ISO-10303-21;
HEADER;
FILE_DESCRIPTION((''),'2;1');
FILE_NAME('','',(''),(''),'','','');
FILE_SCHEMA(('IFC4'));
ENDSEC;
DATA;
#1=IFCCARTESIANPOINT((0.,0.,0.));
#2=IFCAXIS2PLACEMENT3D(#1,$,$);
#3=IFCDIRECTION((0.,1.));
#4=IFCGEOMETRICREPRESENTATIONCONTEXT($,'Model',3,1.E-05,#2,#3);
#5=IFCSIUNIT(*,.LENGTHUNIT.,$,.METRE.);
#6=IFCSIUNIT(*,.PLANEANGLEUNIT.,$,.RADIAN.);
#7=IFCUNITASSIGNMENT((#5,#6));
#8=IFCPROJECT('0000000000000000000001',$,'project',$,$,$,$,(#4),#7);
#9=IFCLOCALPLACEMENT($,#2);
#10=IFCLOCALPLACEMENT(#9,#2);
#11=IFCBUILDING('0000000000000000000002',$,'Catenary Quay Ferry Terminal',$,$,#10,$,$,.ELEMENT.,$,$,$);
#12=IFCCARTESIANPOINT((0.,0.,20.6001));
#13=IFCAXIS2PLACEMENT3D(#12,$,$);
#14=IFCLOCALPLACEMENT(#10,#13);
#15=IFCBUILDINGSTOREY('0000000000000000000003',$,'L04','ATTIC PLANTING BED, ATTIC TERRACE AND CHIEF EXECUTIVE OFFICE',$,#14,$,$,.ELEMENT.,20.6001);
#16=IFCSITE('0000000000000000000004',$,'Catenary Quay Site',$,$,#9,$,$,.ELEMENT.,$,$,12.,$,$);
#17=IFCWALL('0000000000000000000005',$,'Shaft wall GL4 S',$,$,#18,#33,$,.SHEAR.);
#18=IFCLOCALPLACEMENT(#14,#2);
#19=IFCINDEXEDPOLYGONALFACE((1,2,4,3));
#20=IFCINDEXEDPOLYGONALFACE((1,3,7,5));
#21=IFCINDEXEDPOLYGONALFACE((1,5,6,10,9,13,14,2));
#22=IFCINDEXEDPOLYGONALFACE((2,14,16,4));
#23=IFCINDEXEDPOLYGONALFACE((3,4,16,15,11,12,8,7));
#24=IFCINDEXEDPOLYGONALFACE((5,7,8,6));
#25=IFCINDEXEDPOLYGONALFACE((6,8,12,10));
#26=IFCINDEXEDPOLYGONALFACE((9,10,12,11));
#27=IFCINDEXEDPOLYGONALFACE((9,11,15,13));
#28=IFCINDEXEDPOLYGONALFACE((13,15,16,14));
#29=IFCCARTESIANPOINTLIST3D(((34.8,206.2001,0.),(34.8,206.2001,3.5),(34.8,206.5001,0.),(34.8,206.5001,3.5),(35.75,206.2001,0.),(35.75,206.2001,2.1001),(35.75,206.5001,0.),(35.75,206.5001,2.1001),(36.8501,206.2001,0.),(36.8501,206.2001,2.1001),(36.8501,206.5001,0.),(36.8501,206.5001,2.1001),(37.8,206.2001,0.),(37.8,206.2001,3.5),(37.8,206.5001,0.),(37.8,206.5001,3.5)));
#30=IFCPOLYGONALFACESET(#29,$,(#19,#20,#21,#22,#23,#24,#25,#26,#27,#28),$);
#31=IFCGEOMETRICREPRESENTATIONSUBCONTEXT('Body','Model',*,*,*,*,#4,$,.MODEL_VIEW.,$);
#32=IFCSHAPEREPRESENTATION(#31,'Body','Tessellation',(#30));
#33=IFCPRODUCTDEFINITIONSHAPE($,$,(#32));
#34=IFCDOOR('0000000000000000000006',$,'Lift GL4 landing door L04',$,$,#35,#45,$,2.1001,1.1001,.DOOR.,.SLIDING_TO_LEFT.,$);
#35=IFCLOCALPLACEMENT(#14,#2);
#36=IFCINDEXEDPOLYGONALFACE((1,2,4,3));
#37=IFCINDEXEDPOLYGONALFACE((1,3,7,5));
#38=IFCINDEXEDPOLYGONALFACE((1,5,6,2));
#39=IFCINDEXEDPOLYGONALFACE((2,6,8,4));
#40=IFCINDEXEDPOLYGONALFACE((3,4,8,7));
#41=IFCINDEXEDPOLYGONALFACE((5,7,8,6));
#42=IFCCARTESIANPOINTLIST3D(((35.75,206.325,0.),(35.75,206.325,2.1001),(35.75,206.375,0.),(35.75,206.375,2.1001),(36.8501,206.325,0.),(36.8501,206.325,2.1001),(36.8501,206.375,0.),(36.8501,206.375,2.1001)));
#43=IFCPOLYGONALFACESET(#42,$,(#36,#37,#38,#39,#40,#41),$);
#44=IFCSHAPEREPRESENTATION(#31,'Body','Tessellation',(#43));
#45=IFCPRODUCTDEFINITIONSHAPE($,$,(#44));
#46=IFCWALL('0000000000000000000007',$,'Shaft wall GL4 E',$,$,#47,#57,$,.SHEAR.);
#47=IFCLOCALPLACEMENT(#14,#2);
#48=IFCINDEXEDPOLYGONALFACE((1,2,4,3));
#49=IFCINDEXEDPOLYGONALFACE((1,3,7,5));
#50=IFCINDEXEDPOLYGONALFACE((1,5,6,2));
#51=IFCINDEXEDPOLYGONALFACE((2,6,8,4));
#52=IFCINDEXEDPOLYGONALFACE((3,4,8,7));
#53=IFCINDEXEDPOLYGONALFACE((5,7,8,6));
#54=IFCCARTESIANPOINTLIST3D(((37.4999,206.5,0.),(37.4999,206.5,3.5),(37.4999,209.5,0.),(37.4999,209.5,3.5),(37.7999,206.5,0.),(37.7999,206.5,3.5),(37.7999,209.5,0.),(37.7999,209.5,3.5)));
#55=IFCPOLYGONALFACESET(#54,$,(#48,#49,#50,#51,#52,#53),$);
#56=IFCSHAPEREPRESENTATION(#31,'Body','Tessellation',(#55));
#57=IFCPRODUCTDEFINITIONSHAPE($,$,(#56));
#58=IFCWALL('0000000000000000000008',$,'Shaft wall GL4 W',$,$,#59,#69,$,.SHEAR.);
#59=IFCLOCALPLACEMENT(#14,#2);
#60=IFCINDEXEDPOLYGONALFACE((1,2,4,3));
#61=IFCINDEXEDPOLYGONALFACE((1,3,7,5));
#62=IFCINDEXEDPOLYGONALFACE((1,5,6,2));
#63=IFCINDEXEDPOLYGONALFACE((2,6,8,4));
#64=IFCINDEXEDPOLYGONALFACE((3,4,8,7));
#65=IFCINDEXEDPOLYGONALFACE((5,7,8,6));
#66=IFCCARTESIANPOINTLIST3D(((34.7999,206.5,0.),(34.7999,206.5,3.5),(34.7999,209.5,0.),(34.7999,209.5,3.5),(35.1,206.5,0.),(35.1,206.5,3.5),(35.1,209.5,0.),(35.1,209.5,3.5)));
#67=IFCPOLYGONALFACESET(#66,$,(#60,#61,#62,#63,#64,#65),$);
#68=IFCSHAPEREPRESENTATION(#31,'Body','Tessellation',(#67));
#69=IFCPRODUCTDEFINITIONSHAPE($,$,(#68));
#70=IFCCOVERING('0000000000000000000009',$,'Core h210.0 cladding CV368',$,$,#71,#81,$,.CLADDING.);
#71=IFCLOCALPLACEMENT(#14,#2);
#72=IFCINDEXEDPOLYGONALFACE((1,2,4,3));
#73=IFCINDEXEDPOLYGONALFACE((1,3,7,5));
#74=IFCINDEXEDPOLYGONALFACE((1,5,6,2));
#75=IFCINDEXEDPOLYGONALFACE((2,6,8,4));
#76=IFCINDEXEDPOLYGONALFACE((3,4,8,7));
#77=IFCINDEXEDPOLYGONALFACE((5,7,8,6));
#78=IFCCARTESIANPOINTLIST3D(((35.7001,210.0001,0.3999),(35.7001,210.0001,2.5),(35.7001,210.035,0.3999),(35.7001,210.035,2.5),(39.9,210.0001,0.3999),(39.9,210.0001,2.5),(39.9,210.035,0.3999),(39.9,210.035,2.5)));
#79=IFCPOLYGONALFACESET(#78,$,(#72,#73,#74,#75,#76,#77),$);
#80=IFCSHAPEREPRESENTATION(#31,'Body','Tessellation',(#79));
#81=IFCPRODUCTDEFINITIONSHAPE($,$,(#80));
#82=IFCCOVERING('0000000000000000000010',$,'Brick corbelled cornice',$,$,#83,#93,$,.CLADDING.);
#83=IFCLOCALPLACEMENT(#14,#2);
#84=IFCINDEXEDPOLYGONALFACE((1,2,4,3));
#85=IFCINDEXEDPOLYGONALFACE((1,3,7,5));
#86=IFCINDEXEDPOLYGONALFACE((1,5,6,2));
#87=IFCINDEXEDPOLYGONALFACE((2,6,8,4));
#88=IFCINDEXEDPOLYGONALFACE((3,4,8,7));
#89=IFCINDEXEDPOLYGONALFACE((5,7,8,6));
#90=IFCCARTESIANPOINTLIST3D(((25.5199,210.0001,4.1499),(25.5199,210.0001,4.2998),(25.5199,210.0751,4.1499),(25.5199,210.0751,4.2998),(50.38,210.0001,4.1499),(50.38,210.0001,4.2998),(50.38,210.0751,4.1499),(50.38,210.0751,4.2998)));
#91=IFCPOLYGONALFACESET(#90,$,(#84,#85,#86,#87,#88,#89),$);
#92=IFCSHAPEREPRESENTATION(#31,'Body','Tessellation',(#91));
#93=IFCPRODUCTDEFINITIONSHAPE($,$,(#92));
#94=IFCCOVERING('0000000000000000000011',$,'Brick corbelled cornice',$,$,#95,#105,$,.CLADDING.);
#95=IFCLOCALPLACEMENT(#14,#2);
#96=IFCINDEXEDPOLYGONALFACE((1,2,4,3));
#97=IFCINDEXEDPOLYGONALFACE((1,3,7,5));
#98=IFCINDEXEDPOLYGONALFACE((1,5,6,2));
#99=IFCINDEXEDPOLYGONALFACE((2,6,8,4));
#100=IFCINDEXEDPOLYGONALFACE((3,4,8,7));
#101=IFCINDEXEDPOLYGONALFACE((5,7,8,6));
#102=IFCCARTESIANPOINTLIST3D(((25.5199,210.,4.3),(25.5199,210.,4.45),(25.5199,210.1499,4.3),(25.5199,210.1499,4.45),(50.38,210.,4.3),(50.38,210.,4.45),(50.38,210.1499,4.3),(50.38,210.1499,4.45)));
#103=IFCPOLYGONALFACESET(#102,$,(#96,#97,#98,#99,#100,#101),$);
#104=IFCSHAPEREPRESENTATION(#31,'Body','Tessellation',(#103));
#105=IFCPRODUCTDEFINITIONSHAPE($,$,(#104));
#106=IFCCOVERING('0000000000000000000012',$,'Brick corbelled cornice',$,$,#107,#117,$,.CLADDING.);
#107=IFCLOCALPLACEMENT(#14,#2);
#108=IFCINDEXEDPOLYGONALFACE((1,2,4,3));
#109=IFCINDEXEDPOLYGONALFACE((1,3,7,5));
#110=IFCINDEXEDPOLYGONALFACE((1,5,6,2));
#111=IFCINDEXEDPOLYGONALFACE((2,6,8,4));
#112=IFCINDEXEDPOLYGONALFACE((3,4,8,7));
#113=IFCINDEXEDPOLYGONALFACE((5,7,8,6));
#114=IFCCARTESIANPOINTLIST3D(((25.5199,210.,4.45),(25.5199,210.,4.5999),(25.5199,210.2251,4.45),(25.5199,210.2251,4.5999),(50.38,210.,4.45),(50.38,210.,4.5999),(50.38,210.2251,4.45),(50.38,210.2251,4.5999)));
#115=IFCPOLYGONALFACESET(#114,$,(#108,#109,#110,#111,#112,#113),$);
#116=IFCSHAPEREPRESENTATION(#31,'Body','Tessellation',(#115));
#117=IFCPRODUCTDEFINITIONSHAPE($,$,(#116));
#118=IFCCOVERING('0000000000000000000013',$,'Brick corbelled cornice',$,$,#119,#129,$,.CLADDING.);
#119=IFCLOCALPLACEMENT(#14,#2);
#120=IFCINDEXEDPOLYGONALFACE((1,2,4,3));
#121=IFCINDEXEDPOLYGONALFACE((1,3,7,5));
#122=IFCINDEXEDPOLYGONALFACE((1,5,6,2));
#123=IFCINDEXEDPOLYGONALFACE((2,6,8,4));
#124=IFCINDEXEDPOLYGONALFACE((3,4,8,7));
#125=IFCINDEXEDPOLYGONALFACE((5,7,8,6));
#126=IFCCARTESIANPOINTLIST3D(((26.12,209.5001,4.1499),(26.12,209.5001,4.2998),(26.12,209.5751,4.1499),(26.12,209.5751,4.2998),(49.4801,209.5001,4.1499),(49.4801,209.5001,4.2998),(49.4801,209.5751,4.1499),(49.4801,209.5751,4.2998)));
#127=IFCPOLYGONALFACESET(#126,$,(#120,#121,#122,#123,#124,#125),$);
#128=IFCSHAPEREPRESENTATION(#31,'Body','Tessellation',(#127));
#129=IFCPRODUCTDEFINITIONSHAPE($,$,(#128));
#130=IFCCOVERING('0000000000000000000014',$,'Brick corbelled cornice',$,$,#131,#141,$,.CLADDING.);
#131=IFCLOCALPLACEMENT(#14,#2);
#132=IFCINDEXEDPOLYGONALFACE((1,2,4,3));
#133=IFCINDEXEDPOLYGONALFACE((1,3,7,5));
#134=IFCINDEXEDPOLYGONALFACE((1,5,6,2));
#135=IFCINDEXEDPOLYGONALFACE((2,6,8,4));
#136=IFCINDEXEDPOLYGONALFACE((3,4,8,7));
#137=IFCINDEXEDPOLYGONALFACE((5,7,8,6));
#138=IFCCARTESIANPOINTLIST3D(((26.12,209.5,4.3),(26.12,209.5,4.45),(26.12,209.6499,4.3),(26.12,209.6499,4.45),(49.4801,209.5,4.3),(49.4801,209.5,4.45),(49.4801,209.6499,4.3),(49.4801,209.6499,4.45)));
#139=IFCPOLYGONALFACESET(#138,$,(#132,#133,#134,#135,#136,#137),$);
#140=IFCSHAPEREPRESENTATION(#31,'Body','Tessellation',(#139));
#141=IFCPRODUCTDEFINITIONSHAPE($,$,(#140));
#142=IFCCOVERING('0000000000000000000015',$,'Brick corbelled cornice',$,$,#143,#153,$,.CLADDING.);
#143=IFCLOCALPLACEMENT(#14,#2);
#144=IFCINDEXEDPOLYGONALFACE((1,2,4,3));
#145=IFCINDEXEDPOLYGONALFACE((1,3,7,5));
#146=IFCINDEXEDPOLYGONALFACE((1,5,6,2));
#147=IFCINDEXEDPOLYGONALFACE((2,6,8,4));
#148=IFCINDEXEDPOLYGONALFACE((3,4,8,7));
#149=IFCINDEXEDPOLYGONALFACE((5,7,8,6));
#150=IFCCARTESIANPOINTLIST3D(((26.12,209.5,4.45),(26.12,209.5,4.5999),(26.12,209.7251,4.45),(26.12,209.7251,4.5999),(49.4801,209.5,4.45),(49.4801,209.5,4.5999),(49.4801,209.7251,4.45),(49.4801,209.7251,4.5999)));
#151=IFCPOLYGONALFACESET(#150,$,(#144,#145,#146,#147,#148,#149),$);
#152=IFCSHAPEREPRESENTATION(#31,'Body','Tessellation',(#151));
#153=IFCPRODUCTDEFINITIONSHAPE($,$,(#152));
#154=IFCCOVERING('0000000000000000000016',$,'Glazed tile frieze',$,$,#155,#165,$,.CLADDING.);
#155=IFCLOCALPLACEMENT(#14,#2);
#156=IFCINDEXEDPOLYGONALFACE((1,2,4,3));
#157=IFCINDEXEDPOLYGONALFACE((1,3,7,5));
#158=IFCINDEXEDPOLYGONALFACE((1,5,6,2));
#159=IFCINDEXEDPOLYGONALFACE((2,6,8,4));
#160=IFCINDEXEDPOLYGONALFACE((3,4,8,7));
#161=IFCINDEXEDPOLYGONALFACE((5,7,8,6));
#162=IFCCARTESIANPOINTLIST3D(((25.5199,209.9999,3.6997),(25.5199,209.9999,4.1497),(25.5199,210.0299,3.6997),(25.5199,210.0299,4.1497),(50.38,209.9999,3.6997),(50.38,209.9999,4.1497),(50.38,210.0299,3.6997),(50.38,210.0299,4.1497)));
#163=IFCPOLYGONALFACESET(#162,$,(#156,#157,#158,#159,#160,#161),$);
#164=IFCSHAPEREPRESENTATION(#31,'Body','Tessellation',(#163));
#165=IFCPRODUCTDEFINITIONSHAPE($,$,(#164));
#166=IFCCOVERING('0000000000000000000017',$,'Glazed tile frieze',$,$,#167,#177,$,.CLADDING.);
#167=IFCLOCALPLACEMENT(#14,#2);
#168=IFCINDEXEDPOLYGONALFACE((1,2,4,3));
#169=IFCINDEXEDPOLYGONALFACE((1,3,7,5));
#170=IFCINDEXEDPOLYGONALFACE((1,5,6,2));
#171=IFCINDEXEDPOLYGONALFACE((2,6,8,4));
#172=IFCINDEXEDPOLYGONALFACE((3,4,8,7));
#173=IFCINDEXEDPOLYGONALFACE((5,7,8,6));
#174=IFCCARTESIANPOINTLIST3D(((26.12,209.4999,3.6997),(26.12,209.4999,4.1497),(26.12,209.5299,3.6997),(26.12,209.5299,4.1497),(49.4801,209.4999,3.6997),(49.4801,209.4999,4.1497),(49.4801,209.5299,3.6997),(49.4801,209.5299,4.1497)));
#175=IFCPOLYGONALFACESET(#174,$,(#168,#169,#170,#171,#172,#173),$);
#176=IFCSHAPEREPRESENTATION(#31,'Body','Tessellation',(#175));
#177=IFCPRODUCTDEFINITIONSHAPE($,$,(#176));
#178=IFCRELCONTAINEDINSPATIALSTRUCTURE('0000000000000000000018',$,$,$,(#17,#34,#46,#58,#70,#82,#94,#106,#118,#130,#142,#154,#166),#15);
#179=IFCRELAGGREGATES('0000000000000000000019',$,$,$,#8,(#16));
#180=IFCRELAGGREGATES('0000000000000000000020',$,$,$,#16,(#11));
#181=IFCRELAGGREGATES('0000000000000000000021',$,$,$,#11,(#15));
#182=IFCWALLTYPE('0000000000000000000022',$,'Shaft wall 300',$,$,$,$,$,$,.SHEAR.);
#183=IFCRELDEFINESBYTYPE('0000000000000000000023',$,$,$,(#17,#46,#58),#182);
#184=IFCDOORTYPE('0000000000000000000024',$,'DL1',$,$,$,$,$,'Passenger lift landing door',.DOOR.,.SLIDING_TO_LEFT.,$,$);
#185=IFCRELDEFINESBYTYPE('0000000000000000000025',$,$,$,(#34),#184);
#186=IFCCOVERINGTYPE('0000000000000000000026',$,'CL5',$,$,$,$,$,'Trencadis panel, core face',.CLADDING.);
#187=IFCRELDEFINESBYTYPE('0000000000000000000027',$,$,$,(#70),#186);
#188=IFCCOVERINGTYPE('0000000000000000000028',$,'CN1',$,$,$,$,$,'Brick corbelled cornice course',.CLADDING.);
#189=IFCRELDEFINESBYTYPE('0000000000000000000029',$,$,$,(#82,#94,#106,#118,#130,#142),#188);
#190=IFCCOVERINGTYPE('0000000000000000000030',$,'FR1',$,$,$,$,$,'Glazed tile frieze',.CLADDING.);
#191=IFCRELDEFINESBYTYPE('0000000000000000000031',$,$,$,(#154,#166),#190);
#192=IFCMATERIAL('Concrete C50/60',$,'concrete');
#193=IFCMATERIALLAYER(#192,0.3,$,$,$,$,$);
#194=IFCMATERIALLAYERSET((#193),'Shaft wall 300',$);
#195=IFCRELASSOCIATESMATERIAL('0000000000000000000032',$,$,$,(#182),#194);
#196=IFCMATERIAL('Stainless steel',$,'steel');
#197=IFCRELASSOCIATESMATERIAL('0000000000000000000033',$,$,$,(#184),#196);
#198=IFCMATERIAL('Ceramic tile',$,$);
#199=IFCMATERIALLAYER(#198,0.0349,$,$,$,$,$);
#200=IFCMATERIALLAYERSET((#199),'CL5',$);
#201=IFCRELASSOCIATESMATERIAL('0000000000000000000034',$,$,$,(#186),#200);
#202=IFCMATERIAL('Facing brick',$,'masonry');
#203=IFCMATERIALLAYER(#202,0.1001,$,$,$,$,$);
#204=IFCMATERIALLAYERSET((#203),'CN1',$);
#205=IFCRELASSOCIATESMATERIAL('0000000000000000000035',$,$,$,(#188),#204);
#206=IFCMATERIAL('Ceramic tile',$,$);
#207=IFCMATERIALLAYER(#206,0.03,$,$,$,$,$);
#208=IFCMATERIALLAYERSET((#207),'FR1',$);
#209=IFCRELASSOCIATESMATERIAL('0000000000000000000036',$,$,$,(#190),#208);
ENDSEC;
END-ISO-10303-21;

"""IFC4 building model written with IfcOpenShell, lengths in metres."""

from ifc_helpers import new_model, si_unit, direction, frame, frame_2d, origin, origin_2d, place, context, subcontext, project, spatial, rectangle, extrude, material, layer, layer_set, type_object, element, fill, save


model = new_model("IFC4")

# Units and contexts
model_context = context("Model", 3, precision=1e-05, world=origin(), true_north=direction((0.0, 1.0)))
body_context = subcontext(model_context, "Body", "Model", "MODEL_VIEW")
ifc_project = project(units=[si_unit("LENGTHUNIT", "METRE"), si_unit("PLANEANGLEUNIT", "RADIAN")], contexts=[model_context])

# Site, building, storey
site_placement = place(None, origin())
site = spatial("IfcSite", under=ifc_project, at=site_placement, Name="Catenary Quay Site", CompositionType="ELEMENT", RefElevation=12.0)
building_placement = place(site_placement, origin())
building = spatial("IfcBuilding", under=site, at=building_placement, Name="Catenary Quay Ferry Terminal", CompositionType="ELEMENT")
storey_placement = place(building_placement, frame((0.0, 0.0, 20.6001)))
storey = spatial("IfcBuildingStorey", under=building, at=storey_placement, Name="L04", Description="ATTIC PLANTING BED, ATTIC TERRACE AND CHIEF EXECUTIVE OFFICE", CompositionType="ELEMENT", Elevation=20.6001)

# Shared definitions
ifc_material_1 = material(Name="Concrete C50/60", Category="concrete")
ifc_layer_1 = layer(ifc_material_1, 0.3)
ifc_layer_set_1 = layer_set([ifc_layer_1], Name="Shaft wall 300")
wall_type_1 = type_object("IfcWallType", Name="Shaft wall 300", PredefinedType="SHEAR", material=ifc_layer_set_1)

# Shared definitions
ifc_material_2 = material(Name="Stainless steel", Category="steel")
door_type_1 = type_object("IfcDoorType", Name="DL1", ElementType="Passenger lift landing door", OperationType="SLIDING_TO_LEFT", PredefinedType="DOOR", material=ifc_material_2)

# Wall, opening, door
wall_1_placement = place(storey_placement, frame((34.8, 206.3501, 0.0), z_axis=(0.0, 0.0, 1.0), x_axis=(1.0, 0.0, 0.0)))
wall_1 = element("IfcWall", 1, at=wall_1_placement, inside=storey, type_object=wall_type_1, Name="Shaft wall GL4 S", PredefinedType="SHEAR", context=body_context, shape_type="SweptSolid", body=[
    extrude(rectangle(XDim=3.0, YDim=0.3, at=frame_2d((1.5, 0.0))), origin(), (0.0, 0.0, 1.0), 3.5),
])
opening_1_placement = place(wall_1_placement, frame((0.95, 0.0, 0.0)))
opening_1 = element("IfcOpeningElement", 2, at=opening_1_placement, cuts=wall_1, PredefinedType="OPENING", context=body_context, shape_type="SweptSolid", body=[
    extrude(rectangle(XDim=1.1001, YDim=2.1001, at=frame_2d((0.55, 1.05))), frame((0.0, 0.1599, 0.0), z_axis=(0.0, -1.0, 0.0), x_axis=(1.0, 0.0, 0.0)), (0.0, 0.0, 1.0), 0.3201),
])
door_1_placement = place(opening_1_placement, origin())
door_1 = element("IfcDoor", 3, at=door_1_placement, inside=storey, type_object=door_type_1, Name="Lift GL4 landing door L04", OperationType="SLIDING_TO_LEFT", OverallHeight=2.1001, OverallWidth=1.1001, PredefinedType="DOOR", context=body_context, shape_type="SweptSolid", body=[
    extrude(rectangle(XDim=1.1001, YDim=2.1001, at=frame_2d((0.55, 1.05))), frame((0.0, 0.0249, 0.0), z_axis=(0.0, -1.0, 0.0), x_axis=(1.0, 0.0, 0.0)), (0.0, 0.0, 1.0), 0.05),
])
fill(opening_1, door_1)

# Walls
for number, where, z_axis, x_axis, name in (
    (4, (37.6499, 206.5, 0.0), (0.0, 0.0, 1.0), (0.0, 1.0, 0.0), "Shaft wall GL4 E"),
    (5, (34.95, 206.5, 0.0), (0.0, 0.0, 1.0), (0.0, 1.0, 0.0), "Shaft wall GL4 W"),
):
    element("IfcWall", number, at=place(storey_placement, frame(where, z_axis=z_axis, x_axis=x_axis)), inside=storey, type_object=wall_type_1, Name=name, PredefinedType="SHEAR", context=body_context, shape_type="SweptSolid", body=[
        extrude(rectangle(XDim=3.0, YDim=0.3, at=frame_2d((1.5, 0.0))), origin(), (0.0, 0.0, 1.0), 3.5),
    ])

# Coverings
ifc_material_3 = material(Name="Ceramic tile")
ifc_layer_2 = layer(ifc_material_3, 0.0349)
ifc_layer_set_2 = layer_set([ifc_layer_2], Name="CL5")
covering_type_1 = type_object("IfcCoveringType", Name="CL5", ElementType="Trencadis panel, core face", PredefinedType="CLADDING", material=ifc_layer_set_2)
covering_1_placement = place(storey_placement, frame((37.8, 210.0176, 0.3999), z_axis=(0.0, 0.0, 1.0), x_axis=(1.0, 0.0, 0.0)))
element("IfcCovering", 6, at=covering_1_placement, inside=storey, type_object=covering_type_1, Name="Core h210.0 cladding CV368", PredefinedType="CLADDING", context=body_context, shape_type="SweptSolid", body=[
    extrude(rectangle(XDim=4.2, YDim=0.0349, at=origin_2d()), origin(), (0.0, 0.0, 1.0), 2.1001),
])
ifc_material_4 = material(Name="Facing brick", Category="masonry")
ifc_layer_3 = layer(ifc_material_4, 0.1001)
ifc_layer_set_3 = layer_set([ifc_layer_3], Name="CN1")
covering_type_2 = type_object("IfcCoveringType", Name="CN1", ElementType="Brick corbelled cornice course", PredefinedType="CLADDING", material=ifc_layer_set_3)
covering_2_placement = place(storey_placement, frame((37.95, 210.0376, 4.1499), z_axis=(0.0, 0.0, 1.0), x_axis=(1.0, 0.0, 0.0)))
element("IfcCovering", 7, at=covering_2_placement, inside=storey, type_object=covering_type_2, Name="Brick corbelled cornice", PredefinedType="CLADDING", context=body_context, shape_type="SweptSolid", body=[
    extrude(rectangle(XDim=24.8601, YDim=0.075, at=origin_2d()), origin(), (0.0, 0.0, 1.0), 0.1499),
])
covering_3_placement = place(storey_placement, frame((37.95, 210.075, 4.3), z_axis=(0.0, 0.0, 1.0), x_axis=(1.0, 0.0, 0.0)))
element("IfcCovering", 8, at=covering_3_placement, inside=storey, type_object=covering_type_2, Name="Brick corbelled cornice", PredefinedType="CLADDING", context=body_context, shape_type="SweptSolid", body=[
    extrude(rectangle(XDim=24.8601, YDim=0.1499, at=origin_2d()), origin(), (0.0, 0.0, 1.0), 0.1499),
])
covering_4_placement = place(storey_placement, frame((37.95, 210.1125, 4.45), z_axis=(0.0, 0.0, 1.0), x_axis=(1.0, 0.0, 0.0)))
element("IfcCovering", 9, at=covering_4_placement, inside=storey, type_object=covering_type_2, Name="Brick corbelled cornice", PredefinedType="CLADDING", context=body_context, shape_type="SweptSolid", body=[
    extrude(rectangle(XDim=24.8601, YDim=0.2251, at=origin_2d()), origin(), (0.0, 0.0, 1.0), 0.1499),
])
covering_5_placement = place(storey_placement, frame((37.8, 209.5376, 4.1499), z_axis=(0.0, 0.0, 1.0), x_axis=(1.0, 0.0, 0.0)))
element("IfcCovering", 10, at=covering_5_placement, inside=storey, type_object=covering_type_2, Name="Brick corbelled cornice", PredefinedType="CLADDING", context=body_context, shape_type="SweptSolid", body=[
    extrude(rectangle(XDim=23.3601, YDim=0.075, at=origin_2d()), origin(), (0.0, 0.0, 1.0), 0.1499),
])
covering_6_placement = place(storey_placement, frame((37.8, 209.575, 4.3), z_axis=(0.0, 0.0, 1.0), x_axis=(1.0, 0.0, 0.0)))
element("IfcCovering", 11, at=covering_6_placement, inside=storey, type_object=covering_type_2, Name="Brick corbelled cornice", PredefinedType="CLADDING", context=body_context, shape_type="SweptSolid", body=[
    extrude(rectangle(XDim=23.3601, YDim=0.1499, at=origin_2d()), origin(), (0.0, 0.0, 1.0), 0.1499),
])
covering_7_placement = place(storey_placement, frame((37.8, 209.6125, 4.45), z_axis=(0.0, 0.0, 1.0), x_axis=(1.0, 0.0, 0.0)))
element("IfcCovering", 12, at=covering_7_placement, inside=storey, type_object=covering_type_2, Name="Brick corbelled cornice", PredefinedType="CLADDING", context=body_context, shape_type="SweptSolid", body=[
    extrude(rectangle(XDim=23.3601, YDim=0.2251, at=origin_2d()), origin(), (0.0, 0.0, 1.0), 0.1499),
])
ifc_material_5 = material(Name="Ceramic tile")
ifc_layer_4 = layer(ifc_material_5, 0.03)
ifc_layer_set_4 = layer_set([ifc_layer_4], Name="FR1")
covering_type_3 = type_object("IfcCoveringType", Name="FR1", ElementType="Glazed tile frieze", PredefinedType="CLADDING", material=ifc_layer_set_4)
covering_8_placement = place(storey_placement, frame((37.95, 210.0149, 3.6997), z_axis=(0.0, 0.0, 1.0), x_axis=(1.0, 0.0, 0.0)))
element("IfcCovering", 13, at=covering_8_placement, inside=storey, type_object=covering_type_3, Name="Glazed tile frieze", PredefinedType="CLADDING", context=body_context, shape_type="SweptSolid", body=[
    extrude(rectangle(XDim=24.8601, YDim=0.03, at=origin_2d()), origin(), (0.0, 0.0, 1.0), 0.45),
])
covering_9_placement = place(storey_placement, frame((37.8, 209.5149, 3.6997), z_axis=(0.0, 0.0, 1.0), x_axis=(1.0, 0.0, 0.0)))
element("IfcCovering", 14, at=covering_9_placement, inside=storey, type_object=covering_type_3, Name="Glazed tile frieze", PredefinedType="CLADDING", context=body_context, shape_type="SweptSolid", body=[
    extrude(rectangle(XDim=23.3601, YDim=0.03, at=origin_2d()), origin(), (0.0, 0.0, 1.0), 0.45),
])

save(model, "model.ifc")
